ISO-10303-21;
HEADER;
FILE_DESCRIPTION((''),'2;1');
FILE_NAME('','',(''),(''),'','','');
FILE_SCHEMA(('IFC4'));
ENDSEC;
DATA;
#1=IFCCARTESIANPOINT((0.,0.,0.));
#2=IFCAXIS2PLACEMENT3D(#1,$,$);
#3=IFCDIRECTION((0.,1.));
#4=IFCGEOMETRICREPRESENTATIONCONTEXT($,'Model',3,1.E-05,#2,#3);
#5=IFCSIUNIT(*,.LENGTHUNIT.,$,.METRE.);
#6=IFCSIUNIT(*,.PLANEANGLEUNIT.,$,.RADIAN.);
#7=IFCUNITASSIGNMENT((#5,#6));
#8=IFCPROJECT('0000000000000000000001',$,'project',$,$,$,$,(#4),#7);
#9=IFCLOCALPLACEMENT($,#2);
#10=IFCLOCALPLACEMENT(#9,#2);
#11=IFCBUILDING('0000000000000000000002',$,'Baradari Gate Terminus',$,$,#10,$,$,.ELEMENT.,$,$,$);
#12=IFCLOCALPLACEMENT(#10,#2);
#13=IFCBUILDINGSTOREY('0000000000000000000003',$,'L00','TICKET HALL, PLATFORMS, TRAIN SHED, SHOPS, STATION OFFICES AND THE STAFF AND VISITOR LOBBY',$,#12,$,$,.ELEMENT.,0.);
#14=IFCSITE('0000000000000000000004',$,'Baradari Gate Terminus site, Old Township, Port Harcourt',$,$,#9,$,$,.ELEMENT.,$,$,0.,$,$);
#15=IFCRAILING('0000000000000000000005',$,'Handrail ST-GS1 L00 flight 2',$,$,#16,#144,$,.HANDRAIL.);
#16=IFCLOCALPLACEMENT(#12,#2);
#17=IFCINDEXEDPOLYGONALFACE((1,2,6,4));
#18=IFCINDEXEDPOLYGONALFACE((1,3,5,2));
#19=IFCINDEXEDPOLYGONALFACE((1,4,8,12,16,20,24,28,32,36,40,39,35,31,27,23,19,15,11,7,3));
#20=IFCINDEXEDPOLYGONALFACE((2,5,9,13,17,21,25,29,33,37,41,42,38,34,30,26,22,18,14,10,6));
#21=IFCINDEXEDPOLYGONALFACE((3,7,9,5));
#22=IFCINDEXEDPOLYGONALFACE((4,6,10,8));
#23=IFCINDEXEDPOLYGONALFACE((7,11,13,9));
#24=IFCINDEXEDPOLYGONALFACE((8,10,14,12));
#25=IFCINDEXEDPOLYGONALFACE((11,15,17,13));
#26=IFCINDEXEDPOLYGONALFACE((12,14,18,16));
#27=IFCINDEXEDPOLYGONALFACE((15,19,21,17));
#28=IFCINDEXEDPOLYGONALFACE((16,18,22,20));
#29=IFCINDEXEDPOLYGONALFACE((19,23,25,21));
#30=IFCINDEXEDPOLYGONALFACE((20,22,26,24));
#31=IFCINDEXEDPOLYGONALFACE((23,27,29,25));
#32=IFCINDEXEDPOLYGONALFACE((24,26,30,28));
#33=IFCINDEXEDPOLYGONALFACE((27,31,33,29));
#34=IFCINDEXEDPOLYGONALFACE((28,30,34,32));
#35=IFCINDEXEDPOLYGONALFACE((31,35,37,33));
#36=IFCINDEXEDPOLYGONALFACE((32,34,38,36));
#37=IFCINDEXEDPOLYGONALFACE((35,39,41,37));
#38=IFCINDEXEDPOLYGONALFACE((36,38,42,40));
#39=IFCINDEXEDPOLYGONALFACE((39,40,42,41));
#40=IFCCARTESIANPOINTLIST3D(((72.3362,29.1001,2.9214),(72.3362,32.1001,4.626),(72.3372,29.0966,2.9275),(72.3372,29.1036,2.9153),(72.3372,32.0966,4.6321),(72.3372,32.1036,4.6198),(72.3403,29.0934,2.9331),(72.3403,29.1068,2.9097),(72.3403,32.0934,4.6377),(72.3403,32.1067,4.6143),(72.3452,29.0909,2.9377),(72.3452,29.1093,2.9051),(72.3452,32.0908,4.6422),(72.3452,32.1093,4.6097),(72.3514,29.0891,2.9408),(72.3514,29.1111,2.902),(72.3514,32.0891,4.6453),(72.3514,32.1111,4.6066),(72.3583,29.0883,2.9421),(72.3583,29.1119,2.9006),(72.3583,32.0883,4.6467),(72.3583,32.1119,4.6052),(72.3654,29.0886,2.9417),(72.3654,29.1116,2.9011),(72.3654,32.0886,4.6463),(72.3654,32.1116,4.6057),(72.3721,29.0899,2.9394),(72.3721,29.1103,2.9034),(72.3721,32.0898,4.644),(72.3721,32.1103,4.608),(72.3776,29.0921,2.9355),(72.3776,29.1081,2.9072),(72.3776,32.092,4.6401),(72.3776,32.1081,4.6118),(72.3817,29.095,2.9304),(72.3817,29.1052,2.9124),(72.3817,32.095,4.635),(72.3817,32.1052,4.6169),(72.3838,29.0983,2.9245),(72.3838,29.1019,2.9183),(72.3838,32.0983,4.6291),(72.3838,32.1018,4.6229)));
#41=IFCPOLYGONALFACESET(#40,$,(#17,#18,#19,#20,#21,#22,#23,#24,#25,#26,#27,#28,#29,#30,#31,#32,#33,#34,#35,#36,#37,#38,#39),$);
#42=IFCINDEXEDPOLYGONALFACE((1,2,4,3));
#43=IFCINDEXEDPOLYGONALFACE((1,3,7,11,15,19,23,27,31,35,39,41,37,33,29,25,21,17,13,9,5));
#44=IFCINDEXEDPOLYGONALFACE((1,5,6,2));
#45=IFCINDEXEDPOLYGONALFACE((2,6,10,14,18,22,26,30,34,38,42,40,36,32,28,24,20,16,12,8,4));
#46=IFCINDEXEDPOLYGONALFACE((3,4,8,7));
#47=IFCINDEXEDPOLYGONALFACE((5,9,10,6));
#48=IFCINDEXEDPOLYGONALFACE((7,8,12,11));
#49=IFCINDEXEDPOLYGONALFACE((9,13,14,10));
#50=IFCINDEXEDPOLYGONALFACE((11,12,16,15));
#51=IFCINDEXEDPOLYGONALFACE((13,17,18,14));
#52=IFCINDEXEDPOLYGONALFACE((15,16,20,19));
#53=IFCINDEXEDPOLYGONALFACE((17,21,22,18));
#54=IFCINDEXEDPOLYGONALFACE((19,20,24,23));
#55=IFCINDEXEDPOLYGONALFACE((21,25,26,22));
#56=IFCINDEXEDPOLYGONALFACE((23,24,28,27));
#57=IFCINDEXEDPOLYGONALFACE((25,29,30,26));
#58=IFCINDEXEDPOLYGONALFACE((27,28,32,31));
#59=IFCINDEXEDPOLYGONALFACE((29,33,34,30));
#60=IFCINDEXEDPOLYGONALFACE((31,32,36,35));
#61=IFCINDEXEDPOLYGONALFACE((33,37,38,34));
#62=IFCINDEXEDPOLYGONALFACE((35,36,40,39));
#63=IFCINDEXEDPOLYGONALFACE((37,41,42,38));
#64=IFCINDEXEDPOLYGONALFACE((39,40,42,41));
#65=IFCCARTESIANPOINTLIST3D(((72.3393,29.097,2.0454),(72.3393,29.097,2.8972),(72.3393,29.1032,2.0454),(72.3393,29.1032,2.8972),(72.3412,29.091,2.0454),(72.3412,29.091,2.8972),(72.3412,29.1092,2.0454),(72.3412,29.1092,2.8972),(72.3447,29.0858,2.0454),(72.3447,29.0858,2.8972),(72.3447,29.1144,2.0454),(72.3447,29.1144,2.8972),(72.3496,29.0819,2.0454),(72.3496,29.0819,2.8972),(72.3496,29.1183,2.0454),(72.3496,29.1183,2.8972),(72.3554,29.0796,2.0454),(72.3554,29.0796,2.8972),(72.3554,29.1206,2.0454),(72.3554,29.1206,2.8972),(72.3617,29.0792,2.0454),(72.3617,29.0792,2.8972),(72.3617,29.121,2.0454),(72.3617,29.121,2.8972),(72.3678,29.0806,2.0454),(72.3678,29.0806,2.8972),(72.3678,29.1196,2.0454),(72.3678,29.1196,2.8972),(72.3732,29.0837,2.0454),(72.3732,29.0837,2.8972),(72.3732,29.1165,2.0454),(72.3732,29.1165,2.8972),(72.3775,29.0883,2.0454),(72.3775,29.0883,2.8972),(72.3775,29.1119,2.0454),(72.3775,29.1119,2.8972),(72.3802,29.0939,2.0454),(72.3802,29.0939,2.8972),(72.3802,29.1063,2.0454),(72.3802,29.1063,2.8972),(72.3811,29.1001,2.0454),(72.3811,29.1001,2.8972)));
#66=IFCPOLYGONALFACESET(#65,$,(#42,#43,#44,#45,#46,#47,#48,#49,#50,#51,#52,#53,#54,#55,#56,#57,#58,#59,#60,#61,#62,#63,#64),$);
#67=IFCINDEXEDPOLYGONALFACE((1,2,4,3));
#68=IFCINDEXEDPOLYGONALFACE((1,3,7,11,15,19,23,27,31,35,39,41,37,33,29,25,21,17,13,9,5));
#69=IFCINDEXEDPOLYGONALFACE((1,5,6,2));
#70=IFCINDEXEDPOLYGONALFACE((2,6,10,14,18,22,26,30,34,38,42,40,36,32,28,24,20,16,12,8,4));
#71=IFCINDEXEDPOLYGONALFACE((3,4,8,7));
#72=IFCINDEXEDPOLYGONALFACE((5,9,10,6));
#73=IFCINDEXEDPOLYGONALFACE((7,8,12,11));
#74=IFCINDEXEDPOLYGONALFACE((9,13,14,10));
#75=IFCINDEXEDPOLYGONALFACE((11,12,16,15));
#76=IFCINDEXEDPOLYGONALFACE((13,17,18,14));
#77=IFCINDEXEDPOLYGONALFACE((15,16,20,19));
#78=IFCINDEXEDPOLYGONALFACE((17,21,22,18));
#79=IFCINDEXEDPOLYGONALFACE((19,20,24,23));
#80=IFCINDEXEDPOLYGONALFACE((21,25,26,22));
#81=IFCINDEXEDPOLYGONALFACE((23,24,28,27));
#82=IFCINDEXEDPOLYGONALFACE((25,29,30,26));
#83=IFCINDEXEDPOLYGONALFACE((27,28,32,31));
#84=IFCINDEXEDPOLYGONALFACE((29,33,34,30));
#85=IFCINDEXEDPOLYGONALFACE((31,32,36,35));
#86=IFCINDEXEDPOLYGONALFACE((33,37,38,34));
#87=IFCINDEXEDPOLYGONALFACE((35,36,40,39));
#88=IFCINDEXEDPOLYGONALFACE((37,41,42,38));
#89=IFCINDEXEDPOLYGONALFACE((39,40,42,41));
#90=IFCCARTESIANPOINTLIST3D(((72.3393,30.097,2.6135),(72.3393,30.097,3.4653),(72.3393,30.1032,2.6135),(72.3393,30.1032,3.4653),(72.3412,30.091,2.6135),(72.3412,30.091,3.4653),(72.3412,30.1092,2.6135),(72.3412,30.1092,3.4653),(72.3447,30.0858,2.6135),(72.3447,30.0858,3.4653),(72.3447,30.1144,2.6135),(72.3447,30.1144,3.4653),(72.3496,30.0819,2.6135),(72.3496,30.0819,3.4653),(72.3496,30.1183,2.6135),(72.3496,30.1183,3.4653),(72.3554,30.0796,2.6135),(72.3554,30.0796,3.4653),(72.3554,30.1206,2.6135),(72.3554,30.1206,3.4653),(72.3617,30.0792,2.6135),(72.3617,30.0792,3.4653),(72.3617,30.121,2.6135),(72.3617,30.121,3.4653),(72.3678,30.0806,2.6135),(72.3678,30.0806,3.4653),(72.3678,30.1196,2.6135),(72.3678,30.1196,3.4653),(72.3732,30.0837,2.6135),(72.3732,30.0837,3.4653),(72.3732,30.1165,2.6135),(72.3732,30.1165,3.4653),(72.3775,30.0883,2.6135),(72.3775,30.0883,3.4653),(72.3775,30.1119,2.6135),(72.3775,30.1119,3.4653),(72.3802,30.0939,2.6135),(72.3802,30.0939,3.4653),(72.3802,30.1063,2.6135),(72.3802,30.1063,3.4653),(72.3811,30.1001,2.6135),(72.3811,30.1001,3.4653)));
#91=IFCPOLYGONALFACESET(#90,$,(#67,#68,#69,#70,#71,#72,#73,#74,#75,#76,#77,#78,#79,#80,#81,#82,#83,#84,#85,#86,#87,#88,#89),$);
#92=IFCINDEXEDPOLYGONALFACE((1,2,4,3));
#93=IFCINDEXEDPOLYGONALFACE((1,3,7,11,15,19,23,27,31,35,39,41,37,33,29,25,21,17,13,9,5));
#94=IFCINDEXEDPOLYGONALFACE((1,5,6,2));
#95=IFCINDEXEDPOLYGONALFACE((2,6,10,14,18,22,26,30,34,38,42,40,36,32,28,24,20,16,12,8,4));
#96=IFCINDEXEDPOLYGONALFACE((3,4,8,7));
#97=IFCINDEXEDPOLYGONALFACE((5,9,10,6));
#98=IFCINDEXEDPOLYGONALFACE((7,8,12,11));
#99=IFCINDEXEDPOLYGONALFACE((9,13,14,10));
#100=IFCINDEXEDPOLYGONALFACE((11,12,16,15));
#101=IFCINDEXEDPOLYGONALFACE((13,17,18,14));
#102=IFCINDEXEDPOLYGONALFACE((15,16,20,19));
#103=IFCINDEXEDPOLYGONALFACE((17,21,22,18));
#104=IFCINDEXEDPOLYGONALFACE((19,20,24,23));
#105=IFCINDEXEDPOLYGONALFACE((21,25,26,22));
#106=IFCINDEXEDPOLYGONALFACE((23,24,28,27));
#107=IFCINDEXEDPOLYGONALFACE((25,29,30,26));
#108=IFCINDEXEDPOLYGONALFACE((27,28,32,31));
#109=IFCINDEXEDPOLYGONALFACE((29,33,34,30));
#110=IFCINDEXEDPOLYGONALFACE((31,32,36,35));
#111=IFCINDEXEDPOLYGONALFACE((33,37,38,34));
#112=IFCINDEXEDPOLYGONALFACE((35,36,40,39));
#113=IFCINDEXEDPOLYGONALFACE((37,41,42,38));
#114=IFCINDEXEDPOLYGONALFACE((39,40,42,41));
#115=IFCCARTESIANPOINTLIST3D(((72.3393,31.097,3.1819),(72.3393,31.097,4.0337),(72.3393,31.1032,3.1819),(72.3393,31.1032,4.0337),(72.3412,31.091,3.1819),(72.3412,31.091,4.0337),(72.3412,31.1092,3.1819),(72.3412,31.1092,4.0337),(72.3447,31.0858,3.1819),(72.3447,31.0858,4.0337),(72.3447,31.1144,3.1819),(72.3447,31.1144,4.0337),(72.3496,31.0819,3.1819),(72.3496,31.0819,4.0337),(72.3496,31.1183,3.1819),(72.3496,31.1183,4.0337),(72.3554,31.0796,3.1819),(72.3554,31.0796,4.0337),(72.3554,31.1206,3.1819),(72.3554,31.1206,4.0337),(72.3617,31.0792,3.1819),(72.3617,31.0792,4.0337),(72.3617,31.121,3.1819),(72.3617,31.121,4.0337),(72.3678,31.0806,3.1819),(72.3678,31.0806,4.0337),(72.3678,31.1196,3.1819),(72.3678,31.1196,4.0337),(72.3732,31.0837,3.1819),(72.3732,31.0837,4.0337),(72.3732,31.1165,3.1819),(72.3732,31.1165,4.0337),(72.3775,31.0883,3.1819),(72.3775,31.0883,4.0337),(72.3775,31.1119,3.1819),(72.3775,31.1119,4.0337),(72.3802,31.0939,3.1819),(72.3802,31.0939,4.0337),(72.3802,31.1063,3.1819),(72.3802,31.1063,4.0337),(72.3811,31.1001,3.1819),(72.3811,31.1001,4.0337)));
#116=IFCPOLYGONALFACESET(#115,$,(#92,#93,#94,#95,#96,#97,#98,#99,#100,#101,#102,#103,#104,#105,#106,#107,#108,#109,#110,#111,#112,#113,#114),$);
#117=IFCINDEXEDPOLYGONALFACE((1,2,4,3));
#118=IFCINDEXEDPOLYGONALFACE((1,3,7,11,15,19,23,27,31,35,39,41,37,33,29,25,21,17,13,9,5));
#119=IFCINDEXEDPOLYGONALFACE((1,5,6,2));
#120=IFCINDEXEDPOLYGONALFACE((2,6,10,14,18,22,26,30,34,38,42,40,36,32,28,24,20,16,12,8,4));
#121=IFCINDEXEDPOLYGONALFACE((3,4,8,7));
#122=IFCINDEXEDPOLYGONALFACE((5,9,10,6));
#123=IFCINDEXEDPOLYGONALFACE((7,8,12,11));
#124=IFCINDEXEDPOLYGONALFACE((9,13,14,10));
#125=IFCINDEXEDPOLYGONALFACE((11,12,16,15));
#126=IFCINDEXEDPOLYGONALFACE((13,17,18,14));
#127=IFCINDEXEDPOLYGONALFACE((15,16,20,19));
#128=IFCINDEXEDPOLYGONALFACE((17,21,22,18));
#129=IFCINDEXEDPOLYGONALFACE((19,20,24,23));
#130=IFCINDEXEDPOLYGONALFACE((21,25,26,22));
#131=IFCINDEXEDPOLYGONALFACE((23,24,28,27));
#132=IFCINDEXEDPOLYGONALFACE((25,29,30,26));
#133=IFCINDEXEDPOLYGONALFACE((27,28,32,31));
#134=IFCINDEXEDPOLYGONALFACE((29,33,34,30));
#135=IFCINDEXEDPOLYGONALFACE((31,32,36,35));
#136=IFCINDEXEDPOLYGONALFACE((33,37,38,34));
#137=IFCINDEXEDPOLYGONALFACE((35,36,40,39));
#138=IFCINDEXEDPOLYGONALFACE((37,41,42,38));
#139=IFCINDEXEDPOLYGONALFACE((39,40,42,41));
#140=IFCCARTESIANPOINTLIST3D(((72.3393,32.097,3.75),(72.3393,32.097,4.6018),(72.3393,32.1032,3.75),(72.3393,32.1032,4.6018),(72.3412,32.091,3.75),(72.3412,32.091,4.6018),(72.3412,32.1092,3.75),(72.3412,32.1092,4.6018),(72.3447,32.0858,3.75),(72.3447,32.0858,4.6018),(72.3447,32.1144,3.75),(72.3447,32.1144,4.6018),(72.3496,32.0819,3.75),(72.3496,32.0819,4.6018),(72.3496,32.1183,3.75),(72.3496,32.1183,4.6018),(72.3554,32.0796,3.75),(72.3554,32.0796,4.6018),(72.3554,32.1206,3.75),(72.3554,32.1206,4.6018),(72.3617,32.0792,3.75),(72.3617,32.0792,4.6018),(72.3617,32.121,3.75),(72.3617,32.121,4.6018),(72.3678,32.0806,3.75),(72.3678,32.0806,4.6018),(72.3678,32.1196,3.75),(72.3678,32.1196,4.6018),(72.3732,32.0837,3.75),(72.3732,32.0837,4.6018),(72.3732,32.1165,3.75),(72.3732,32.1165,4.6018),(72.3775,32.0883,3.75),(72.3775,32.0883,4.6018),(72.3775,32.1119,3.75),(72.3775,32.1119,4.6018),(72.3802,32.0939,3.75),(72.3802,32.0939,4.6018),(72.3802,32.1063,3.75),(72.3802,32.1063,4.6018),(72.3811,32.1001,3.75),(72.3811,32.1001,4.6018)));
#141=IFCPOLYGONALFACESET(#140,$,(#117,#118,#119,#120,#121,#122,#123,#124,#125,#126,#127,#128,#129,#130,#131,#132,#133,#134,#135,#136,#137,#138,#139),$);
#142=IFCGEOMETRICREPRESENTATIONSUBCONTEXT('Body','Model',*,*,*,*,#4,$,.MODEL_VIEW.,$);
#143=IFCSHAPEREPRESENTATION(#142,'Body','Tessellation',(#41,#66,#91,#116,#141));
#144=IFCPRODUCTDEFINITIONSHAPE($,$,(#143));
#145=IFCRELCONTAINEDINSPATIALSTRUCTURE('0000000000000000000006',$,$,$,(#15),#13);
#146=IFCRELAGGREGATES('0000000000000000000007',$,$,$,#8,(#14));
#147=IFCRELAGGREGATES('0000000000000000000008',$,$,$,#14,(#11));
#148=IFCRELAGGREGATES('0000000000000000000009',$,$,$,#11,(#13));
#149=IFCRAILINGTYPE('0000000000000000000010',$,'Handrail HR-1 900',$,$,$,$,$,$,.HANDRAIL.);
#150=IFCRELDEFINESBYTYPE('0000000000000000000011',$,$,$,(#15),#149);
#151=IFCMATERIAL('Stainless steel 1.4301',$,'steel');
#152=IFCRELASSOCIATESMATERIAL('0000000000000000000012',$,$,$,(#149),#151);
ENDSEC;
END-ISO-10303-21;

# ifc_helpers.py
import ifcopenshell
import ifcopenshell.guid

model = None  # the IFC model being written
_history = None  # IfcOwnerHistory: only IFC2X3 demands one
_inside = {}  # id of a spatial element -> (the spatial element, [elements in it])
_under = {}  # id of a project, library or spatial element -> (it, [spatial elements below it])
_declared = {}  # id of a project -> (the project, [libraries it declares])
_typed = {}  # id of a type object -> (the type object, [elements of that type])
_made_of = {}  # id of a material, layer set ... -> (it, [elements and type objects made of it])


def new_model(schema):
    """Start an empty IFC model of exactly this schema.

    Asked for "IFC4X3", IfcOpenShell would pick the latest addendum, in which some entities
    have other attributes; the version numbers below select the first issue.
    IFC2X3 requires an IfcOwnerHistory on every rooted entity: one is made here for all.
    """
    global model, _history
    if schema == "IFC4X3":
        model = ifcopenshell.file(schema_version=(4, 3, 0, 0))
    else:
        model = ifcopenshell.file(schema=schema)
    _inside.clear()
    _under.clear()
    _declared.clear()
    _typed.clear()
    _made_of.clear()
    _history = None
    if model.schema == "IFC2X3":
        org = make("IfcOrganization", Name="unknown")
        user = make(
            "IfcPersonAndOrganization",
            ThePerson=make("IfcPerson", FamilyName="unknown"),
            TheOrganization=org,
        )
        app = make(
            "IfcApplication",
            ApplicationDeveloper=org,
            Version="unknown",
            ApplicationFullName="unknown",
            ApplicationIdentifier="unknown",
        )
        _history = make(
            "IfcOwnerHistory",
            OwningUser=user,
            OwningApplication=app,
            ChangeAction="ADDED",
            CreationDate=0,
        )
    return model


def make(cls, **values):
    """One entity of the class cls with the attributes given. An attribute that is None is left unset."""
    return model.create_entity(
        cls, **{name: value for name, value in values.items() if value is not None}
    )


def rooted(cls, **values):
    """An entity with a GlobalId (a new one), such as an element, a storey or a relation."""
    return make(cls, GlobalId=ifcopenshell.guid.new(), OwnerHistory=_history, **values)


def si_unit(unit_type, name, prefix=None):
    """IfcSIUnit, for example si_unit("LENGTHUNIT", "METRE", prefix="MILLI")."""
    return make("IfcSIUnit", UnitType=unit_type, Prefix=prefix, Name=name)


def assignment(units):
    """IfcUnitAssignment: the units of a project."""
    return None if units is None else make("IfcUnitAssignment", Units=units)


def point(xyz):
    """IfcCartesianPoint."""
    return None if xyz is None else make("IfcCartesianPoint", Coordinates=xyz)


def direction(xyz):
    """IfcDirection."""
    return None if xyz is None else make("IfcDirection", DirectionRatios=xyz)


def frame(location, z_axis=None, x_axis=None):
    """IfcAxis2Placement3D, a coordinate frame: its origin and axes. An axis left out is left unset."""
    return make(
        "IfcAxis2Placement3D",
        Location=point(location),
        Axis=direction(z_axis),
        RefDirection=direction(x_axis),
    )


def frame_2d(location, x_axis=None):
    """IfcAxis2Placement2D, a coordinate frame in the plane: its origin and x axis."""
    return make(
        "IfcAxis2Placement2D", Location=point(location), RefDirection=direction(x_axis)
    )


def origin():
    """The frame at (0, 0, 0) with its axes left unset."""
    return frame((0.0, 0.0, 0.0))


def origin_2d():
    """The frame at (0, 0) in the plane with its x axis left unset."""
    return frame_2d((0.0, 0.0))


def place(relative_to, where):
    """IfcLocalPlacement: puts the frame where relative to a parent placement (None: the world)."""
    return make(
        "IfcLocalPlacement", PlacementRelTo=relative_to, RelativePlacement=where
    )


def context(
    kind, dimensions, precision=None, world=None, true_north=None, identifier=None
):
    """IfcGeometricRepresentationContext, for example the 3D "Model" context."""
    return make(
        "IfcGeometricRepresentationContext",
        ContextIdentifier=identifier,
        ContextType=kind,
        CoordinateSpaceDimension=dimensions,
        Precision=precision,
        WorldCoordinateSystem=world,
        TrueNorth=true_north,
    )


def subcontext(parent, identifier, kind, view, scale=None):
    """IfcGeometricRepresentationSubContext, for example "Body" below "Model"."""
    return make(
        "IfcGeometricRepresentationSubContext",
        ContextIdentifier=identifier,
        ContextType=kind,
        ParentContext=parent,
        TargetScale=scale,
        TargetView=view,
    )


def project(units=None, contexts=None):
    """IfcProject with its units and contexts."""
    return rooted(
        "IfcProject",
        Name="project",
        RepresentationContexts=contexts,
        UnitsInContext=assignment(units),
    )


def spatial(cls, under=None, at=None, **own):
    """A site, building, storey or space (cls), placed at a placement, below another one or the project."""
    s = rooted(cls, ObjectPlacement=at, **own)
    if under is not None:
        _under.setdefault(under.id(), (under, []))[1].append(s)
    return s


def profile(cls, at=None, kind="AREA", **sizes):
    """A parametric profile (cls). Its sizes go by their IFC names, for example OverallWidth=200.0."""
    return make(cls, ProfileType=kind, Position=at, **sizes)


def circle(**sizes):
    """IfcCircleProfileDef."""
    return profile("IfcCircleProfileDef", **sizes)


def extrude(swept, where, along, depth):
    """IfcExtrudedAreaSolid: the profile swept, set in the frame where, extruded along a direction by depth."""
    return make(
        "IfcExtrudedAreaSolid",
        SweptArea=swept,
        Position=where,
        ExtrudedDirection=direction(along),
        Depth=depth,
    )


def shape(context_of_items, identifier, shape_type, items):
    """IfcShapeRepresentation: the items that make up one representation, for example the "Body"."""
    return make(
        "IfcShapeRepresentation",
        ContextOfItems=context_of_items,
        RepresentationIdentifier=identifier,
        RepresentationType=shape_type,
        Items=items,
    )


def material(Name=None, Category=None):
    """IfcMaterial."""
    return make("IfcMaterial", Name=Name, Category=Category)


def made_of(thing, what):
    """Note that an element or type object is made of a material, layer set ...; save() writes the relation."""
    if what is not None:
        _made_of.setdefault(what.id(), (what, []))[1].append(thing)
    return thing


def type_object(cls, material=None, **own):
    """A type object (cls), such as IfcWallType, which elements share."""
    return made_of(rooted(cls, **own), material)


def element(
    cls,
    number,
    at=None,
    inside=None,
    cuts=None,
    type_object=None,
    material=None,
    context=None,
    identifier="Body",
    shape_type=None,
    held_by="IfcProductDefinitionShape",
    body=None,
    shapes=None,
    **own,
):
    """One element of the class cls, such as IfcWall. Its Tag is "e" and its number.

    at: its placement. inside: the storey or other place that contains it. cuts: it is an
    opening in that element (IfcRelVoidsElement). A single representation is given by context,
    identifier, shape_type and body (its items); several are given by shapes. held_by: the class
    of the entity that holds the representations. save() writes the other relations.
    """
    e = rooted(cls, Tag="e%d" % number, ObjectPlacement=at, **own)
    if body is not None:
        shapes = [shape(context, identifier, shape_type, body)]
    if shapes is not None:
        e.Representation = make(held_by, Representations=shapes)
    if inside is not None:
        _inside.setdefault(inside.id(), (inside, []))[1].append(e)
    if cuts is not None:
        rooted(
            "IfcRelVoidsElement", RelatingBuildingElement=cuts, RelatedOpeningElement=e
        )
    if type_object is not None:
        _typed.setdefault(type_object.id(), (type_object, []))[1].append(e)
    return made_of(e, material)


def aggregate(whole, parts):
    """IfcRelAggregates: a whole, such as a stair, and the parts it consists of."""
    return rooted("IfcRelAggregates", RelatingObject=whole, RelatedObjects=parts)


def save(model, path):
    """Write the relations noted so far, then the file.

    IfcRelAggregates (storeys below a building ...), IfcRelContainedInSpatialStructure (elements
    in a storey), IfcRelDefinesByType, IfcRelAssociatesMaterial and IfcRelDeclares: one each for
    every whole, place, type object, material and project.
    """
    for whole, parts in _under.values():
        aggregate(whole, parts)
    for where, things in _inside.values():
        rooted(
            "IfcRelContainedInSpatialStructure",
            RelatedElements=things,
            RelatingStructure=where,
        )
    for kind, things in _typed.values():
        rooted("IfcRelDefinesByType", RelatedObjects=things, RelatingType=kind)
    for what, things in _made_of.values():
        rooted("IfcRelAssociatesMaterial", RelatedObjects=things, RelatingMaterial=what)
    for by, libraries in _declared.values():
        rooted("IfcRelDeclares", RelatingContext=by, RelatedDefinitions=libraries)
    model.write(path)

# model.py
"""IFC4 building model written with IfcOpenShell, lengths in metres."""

from ifc_helpers import new_model, si_unit, direction, frame, origin, origin_2d, place, context, subcontext, project, spatial, circle, extrude, material, type_object, element, save


model = new_model("IFC4")

# Units and contexts
model_context = context("Model", 3, precision=1e-05, world=origin(), true_north=direction((0.0, 1.0)))
body_context = subcontext(model_context, "Body", "Model", "MODEL_VIEW")
ifc_project = project(units=[si_unit("LENGTHUNIT", "METRE"), si_unit("PLANEANGLEUNIT", "RADIAN")], contexts=[model_context])

# Site, building, storey
site_placement = place(None, origin())
site = spatial("IfcSite", under=ifc_project, at=site_placement, Name="Baradari Gate Terminus site, Old Township, Port Harcourt", CompositionType="ELEMENT", RefElevation=0.0)
building_placement = place(site_placement, origin())
building = spatial("IfcBuilding", under=site, at=building_placement, Name="Baradari Gate Terminus", CompositionType="ELEMENT")
storey_placement = place(building_placement, origin())
storey = spatial("IfcBuildingStorey", under=building, at=storey_placement, Name="L00", Description="TICKET HALL, PLATFORMS, TRAIN SHED, SHOPS, STATION OFFICES AND THE STAFF AND VISITOR LOBBY", CompositionType="ELEMENT", Elevation=0.0)

# Railing
ifc_material_1 = material(Name="Stainless steel 1.4301", Category="steel")
railing_type = type_object("IfcRailingType", Name="Handrail HR-1 900", PredefinedType="HANDRAIL", material=ifc_material_1)
for number, where, name in (
    (1, (72.3601, 29.1001, 2.0454), "Handrail ST-GS1 L00 flight 2"),
):
    element("IfcRailing", number, at=place(storey_placement, frame(where)), inside=storey, type_object=railing_type, Name=name, PredefinedType="HANDRAIL", context=body_context, shape_type="SweptSolid", body=[
        extrude(circle(Radius=0.0239, at=origin_2d()), frame((0.0, 0.0, 0.876), z_axis=(0.0, 0.869451, 0.494019), x_axis=(-1.0, 0.0, 0.0)), (0.0, 0.0, 1.0), 3.4504),
        extrude(circle(Radius=0.021, at=origin_2d()), origin(), (0.0, 0.0, 1.0), 0.8518),
        extrude(circle(Radius=0.021, at=origin_2d()), frame((0.0, 1.0, 0.5681)), (0.0, 0.0, 1.0), 0.8518),
        extrude(circle(Radius=0.021, at=origin_2d()), frame((0.0, 2.0, 1.1365)), (0.0, 0.0, 1.0), 0.8518),
        extrude(circle(Radius=0.021, at=origin_2d()), frame((0.0, 3.0, 1.7046)), (0.0, 0.0, 1.0), 0.8518),
    ])

save(model, "model.ifc")
